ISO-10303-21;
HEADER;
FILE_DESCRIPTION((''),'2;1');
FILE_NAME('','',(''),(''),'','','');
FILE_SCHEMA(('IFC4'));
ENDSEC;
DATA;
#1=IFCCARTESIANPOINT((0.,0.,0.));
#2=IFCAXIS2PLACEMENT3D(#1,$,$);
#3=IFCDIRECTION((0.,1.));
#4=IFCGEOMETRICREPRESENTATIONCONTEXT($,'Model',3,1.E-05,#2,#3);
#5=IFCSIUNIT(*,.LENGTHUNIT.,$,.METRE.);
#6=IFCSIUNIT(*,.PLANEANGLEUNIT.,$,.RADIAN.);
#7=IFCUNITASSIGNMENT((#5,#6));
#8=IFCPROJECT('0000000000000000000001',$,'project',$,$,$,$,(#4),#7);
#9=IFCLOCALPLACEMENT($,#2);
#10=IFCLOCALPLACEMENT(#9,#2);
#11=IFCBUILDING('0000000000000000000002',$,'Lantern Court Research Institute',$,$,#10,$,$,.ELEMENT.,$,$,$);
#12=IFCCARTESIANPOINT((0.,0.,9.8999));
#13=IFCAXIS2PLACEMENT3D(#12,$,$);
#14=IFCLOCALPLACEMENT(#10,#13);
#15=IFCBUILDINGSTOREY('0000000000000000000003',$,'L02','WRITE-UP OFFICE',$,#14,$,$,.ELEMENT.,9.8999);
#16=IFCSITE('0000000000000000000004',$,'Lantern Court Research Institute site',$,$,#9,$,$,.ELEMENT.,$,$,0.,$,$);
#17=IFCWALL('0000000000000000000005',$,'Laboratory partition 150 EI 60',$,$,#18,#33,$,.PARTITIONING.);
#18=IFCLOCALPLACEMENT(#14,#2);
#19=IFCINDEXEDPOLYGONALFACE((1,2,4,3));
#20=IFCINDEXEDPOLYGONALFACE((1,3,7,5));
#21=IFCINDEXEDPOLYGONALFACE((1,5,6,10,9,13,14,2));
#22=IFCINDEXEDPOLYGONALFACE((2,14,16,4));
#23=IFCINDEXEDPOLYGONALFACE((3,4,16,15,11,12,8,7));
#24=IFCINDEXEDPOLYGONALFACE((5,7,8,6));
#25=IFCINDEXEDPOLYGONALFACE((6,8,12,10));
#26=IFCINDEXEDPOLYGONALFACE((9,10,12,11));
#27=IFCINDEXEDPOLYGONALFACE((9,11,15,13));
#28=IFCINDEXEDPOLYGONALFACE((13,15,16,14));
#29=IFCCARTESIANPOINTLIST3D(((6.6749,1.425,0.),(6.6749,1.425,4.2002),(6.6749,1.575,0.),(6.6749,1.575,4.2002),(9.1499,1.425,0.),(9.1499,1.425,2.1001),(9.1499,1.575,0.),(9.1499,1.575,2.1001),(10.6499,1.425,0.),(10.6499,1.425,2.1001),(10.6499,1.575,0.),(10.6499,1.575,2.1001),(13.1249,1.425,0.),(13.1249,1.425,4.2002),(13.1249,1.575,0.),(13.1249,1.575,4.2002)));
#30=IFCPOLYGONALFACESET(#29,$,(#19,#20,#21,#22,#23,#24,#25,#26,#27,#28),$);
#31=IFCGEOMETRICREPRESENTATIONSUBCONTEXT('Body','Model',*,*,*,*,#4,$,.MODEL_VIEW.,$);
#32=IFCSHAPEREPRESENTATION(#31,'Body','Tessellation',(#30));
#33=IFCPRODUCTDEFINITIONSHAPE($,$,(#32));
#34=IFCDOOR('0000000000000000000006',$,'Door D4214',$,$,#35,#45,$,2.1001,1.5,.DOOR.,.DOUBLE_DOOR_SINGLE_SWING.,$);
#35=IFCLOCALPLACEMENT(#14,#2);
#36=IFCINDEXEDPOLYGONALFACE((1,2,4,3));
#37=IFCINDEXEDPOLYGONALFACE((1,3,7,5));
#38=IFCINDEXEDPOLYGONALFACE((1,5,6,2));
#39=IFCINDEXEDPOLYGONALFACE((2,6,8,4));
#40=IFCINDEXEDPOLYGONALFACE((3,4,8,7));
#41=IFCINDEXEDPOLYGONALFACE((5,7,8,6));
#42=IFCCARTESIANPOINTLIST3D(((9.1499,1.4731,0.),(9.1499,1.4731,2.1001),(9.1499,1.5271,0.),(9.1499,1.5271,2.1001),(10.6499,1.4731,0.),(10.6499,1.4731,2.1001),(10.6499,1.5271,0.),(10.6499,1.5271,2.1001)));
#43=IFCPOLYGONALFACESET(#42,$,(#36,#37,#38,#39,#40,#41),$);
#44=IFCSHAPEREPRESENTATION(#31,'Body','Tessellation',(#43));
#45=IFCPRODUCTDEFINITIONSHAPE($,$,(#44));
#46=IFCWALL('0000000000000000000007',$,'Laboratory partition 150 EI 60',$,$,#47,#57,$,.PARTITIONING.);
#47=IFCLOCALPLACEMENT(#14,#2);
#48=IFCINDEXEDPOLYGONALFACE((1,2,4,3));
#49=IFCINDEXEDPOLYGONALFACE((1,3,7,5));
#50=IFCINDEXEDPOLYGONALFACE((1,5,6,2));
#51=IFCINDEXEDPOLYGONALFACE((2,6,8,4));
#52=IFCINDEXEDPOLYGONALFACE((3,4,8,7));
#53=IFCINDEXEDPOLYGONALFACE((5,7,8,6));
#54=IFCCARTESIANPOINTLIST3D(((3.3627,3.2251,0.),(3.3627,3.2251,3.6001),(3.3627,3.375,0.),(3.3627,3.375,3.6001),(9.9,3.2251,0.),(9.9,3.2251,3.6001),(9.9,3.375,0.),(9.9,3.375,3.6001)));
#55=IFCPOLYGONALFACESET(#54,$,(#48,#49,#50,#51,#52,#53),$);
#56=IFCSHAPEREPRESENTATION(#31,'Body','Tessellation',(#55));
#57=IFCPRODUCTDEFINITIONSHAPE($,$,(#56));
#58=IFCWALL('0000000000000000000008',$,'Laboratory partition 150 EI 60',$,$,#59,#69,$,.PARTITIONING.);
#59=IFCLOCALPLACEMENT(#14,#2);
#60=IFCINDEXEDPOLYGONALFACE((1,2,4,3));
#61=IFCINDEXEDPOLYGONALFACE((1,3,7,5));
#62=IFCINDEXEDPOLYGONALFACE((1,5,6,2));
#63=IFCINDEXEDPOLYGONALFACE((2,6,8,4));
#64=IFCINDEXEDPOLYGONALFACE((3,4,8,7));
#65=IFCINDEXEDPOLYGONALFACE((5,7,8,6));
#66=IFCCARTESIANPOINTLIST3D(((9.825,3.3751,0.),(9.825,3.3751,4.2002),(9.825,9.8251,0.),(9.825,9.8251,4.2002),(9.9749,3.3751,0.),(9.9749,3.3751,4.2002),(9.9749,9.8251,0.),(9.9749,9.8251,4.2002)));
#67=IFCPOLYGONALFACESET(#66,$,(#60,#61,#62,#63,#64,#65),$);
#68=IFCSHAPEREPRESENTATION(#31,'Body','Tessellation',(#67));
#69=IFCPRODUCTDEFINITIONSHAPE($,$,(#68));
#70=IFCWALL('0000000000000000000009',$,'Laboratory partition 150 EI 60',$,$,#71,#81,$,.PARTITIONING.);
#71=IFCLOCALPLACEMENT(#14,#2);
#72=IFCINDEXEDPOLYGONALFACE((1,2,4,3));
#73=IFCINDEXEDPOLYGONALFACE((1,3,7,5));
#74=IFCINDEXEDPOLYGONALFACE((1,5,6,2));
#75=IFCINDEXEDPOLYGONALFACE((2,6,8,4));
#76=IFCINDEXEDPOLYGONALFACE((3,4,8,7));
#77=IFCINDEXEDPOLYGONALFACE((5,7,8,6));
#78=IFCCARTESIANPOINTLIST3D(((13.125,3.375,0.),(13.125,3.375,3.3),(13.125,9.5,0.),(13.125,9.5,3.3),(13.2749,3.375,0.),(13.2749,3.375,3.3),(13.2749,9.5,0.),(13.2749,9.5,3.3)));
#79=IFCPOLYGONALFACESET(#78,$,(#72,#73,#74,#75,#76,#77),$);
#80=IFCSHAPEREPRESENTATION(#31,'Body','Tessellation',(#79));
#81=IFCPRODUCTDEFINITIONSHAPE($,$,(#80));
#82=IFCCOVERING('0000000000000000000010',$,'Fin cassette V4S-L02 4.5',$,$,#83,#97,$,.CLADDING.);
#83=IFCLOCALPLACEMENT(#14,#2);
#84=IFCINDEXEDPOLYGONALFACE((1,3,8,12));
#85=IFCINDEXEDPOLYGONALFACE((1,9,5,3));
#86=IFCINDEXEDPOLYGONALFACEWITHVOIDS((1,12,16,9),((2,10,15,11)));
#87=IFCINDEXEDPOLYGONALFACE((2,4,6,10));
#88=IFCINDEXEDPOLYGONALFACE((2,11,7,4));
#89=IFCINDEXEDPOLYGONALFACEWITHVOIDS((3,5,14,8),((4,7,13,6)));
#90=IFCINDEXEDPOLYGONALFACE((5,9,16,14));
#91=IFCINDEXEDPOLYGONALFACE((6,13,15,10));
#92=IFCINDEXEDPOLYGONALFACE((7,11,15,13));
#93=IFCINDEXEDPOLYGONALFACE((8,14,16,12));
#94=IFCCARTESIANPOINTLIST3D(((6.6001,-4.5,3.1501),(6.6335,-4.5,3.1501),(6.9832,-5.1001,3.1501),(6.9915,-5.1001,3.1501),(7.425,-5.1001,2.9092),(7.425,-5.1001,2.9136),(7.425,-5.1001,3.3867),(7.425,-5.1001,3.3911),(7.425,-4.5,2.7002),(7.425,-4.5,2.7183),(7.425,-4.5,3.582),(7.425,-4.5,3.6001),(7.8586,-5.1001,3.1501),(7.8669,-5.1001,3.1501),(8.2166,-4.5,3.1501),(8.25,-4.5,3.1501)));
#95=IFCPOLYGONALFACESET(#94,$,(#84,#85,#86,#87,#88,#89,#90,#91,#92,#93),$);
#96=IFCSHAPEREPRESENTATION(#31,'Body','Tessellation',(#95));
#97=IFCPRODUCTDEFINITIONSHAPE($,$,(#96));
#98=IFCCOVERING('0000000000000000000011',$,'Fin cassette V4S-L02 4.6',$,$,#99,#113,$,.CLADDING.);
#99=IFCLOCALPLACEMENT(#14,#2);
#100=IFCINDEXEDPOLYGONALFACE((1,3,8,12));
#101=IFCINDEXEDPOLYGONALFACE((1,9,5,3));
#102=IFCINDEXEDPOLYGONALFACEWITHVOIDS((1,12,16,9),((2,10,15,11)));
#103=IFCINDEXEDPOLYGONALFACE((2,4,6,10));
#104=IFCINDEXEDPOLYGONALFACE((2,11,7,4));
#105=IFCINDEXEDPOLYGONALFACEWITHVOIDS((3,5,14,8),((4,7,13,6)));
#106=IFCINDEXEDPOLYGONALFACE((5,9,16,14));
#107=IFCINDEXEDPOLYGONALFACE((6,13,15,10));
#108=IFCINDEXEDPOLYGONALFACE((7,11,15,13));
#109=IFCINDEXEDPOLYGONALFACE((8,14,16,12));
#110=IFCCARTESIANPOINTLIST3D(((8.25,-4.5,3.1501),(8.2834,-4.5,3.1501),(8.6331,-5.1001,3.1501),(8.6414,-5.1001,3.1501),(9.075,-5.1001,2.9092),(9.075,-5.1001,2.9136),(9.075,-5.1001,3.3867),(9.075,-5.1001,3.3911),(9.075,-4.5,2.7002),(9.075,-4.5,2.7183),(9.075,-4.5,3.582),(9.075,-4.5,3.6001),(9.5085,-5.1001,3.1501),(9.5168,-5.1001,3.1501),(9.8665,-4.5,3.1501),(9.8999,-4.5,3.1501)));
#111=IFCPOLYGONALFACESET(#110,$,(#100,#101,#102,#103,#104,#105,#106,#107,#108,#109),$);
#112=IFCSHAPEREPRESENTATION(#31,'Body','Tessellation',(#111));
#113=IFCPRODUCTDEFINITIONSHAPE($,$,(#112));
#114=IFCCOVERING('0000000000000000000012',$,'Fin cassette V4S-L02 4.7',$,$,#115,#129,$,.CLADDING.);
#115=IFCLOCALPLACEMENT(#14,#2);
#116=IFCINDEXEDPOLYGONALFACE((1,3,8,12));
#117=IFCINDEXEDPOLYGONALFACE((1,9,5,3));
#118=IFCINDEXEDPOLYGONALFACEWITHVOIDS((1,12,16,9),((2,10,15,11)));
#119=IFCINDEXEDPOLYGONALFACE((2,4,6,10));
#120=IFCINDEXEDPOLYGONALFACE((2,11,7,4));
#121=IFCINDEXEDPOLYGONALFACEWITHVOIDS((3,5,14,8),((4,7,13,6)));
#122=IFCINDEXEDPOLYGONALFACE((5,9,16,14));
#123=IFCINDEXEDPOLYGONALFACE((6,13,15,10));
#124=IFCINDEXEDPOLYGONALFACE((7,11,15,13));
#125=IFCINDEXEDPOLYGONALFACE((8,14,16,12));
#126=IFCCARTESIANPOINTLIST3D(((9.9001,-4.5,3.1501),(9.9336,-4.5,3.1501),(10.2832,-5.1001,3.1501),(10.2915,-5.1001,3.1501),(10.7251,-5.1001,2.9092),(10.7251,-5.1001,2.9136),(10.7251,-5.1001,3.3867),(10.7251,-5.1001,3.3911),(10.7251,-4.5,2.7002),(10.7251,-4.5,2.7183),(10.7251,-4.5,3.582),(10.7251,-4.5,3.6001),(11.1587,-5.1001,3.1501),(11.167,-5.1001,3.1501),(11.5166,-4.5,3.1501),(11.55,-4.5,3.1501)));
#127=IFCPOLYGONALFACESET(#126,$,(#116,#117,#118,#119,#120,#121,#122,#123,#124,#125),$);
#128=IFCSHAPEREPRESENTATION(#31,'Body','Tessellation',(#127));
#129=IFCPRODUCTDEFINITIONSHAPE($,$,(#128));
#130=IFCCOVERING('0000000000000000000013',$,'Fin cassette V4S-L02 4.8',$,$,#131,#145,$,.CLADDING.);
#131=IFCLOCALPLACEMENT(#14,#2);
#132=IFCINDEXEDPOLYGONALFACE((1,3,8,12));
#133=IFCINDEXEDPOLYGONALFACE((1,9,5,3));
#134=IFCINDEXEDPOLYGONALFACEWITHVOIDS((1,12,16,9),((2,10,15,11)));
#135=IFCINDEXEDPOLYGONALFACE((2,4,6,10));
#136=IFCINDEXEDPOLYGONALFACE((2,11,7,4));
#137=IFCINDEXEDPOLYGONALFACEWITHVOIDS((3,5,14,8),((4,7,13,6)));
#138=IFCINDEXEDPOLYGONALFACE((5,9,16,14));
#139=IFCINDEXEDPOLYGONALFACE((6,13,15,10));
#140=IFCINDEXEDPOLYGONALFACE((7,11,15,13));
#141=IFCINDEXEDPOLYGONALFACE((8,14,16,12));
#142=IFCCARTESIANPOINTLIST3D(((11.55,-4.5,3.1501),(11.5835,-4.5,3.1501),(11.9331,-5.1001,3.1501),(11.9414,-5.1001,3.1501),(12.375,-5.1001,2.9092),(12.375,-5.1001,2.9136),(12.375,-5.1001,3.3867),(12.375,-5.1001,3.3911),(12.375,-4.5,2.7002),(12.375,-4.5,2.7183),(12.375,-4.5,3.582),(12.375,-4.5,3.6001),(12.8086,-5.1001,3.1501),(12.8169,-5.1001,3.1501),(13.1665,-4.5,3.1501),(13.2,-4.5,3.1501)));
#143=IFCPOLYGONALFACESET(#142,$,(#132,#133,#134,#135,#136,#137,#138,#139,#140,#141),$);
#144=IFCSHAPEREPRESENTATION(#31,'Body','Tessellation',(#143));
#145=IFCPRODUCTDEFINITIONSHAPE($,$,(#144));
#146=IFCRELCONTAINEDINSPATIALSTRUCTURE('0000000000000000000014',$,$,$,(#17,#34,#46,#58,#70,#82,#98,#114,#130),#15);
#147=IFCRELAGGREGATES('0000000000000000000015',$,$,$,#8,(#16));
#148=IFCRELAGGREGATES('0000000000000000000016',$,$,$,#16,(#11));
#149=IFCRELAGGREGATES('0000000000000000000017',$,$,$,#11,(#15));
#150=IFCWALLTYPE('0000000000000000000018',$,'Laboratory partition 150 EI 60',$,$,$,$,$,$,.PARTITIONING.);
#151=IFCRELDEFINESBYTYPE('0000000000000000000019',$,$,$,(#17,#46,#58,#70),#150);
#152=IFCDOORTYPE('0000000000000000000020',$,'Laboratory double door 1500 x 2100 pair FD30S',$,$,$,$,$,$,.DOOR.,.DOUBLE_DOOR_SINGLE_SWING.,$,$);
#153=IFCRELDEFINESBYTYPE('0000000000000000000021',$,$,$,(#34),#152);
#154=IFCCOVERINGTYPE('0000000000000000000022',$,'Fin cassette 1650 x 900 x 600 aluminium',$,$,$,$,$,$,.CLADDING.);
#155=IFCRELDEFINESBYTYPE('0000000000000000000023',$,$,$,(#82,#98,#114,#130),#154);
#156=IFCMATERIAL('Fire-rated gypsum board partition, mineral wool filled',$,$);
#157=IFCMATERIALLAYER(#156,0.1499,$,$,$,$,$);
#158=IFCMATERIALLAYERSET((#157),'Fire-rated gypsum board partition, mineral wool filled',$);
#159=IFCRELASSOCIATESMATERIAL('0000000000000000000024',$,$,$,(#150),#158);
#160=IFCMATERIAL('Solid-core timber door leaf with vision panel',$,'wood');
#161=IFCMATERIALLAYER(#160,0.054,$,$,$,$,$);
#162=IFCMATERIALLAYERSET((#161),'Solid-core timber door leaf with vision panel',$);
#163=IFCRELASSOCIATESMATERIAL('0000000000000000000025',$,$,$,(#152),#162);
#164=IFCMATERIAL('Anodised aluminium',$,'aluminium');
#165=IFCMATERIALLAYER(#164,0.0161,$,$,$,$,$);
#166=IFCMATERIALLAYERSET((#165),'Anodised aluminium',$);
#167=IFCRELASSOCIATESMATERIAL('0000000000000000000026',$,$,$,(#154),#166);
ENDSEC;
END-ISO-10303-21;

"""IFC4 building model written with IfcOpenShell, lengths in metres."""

from ifc_helpers import new_model, entity, si_unit, direction, frame, frame_2d, origin, place, context, subcontext, project, spatial, rectangle, extrude, material, layer, layer_set, type_object, element, fill, save


model = new_model("IFC4")

# Units and contexts
model_context = context("Model", 3, precision=1e-05, world=origin(), true_north=direction((0.0, 1.0)))
body_context = subcontext(model_context, "Body", "Model", "MODEL_VIEW")
ifc_project = project(units=[si_unit("LENGTHUNIT", "METRE"), si_unit("PLANEANGLEUNIT", "RADIAN")], contexts=[model_context])

# Site, building, storey
site_placement = place(None, origin())
site = spatial("IfcSite", under=ifc_project, at=site_placement, Name="Lantern Court Research Institute site", CompositionType="ELEMENT", RefElevation=0.0)
building_placement = place(site_placement, origin())
building = spatial("IfcBuilding", under=site, at=building_placement, Name="Lantern Court Research Institute", CompositionType="ELEMENT")
storey_placement = place(building_placement, frame((0.0, 0.0, 9.8999)))
storey = spatial("IfcBuildingStorey", under=building, at=storey_placement, Name="L02", Description="WRITE-UP OFFICE", CompositionType="ELEMENT", Elevation=9.8999)

# Shared definitions
ifc_material_1 = material(Name="Fire-rated gypsum board partition, mineral wool filled")
ifc_layer_1 = layer(ifc_material_1, 0.1499)
ifc_layer_set_1 = layer_set([ifc_layer_1], Name="Fire-rated gypsum board partition, mineral wool filled")
wall_type = type_object("IfcWallType", Name="Laboratory partition 150 EI 60", PredefinedType="PARTITIONING", material=ifc_layer_set_1)

# Wall, opening, door
wall_1_placement = place(storey_placement, frame((13.125, 1.5, 0.0), z_axis=(0.0, 0.0, 1.0), x_axis=(-1.0, 0.0, 0.0)))
wall_1 = element("IfcWall", 1, at=wall_1_placement, inside=storey, type_object=wall_type, Name="Laboratory partition 150 EI 60", PredefinedType="PARTITIONING", context=body_context, shape_type="SweptSolid", body=[
    extrude(rectangle(XDim=6.45, YDim=0.1499, at=frame_2d((3.2251, 0.0))), origin(), (0.0, 0.0, 1.0), 4.2002),
])
opening_placement = place(wall_1_placement, frame((2.4751, 0.0, 0.0)))
opening = element("IfcOpeningElement", 2, at=opening_placement, cuts=wall_1, PredefinedType="OPENING", context=body_context, shape_type="SweptSolid", body=[
    extrude(rectangle(XDim=1.5, YDim=2.1001, at=frame_2d((0.75, 1.05))), frame((0.0, 0.085, 0.0), z_axis=(0.0, -1.0, 0.0), x_axis=(1.0, 0.0, 0.0)), (0.0, 0.0, 1.0), 0.1699),
])
ifc_material_2 = material(Name="Solid-core timber door leaf with vision panel", Category="wood")
ifc_layer_2 = layer(ifc_material_2, 0.054)
ifc_layer_set_2 = layer_set([ifc_layer_2], Name="Solid-core timber door leaf with vision panel")
door_type = type_object("IfcDoorType", Name="Laboratory double door 1500 x 2100 pair FD30S", OperationType="DOUBLE_DOOR_SINGLE_SWING", PredefinedType="DOOR", material=ifc_layer_set_2)
door_placement = place(opening_placement, origin())
door = element("IfcDoor", 3, at=door_placement, inside=storey, type_object=door_type, Name="Door D4214", OperationType="DOUBLE_DOOR_SINGLE_SWING", OverallHeight=2.1001, OverallWidth=1.5, PredefinedType="DOOR", context=body_context, shape_type="SweptSolid", body=[
    extrude(rectangle(XDim=1.5, YDim=2.1001, at=frame_2d((0.75, 1.05))), frame((0.0, 0.0269, 0.0), z_axis=(0.0, -1.0, 0.0), x_axis=(1.0, 0.0, 0.0)), (0.0, 0.0, 1.0), 0.054),
])
fill(opening, door)

# Walls
wall_2_placement = place(storey_placement, frame((9.8999, 3.3, 0.0), z_axis=(0.0, 0.0, 1.0), x_axis=(-1.0, 0.0, 0.0)))
element("IfcWall", 4, at=wall_2_placement, inside=storey, type_object=wall_type, Name="Laboratory partition 150 EI 60", PredefinedType="PARTITIONING", context=body_context, shape_type="SweptSolid", body=[
    extrude(rectangle(XDim=6.5374, YDim=0.1499, at=frame_2d((3.2686, 0.0))), origin(), (0.0, 0.0, 1.0), 3.6001),
])
wall_3_placement = place(storey_placement, frame((9.8999, 3.375, 0.0), z_axis=(0.0, 0.0, 1.0), x_axis=(0.0, 1.0, 0.0)))
element("IfcWall", 5, at=wall_3_placement, inside=storey, type_object=wall_type, Name="Laboratory partition 150 EI 60", PredefinedType="PARTITIONING", context=body_context, shape_type="SweptSolid", body=[
    extrude(rectangle(XDim=6.45, YDim=0.1499, at=frame_2d((3.2251, 0.0))), origin(), (0.0, 0.0, 1.0), 4.2002),
])
wall_4_placement = place(storey_placement, frame((13.2, 3.375, 0.0), z_axis=(0.0, 0.0, 1.0), x_axis=(0.0, 1.0, 0.0)))
element("IfcWall", 6, at=wall_4_placement, inside=storey, type_object=wall_type, Name="Laboratory partition 150 EI 60", PredefinedType="PARTITIONING", context=body_context, shape_type="SweptSolid", body=[
    extrude(rectangle(XDim=6.125, YDim=0.1499, at=frame_2d((3.0625, 0.0))), origin(), (0.0, 0.0, 1.0), 3.3),
])

# Coverings
ifc_material_3 = material(Name="Anodised aluminium", Category="aluminium")
ifc_layer_3 = layer(ifc_material_3, 0.0161)
ifc_layer_set_3 = layer_set([ifc_layer_3], Name="Anodised aluminium")
covering_type = type_object("IfcCoveringType", Name="Fin cassette 1650 x 900 x 600 aluminium", PredefinedType="CLADDING", material=ifc_layer_set_3)
covering_1_placement = place(storey_placement, frame((7.425, -4.5, 3.1501), z_axis=(0.0, -1.0, 0.0), x_axis=(1.0, 0.0, 0.0)))
cartesian_point_1 = entity("IfcCartesianPoint", [0.825, 0.0])
cartesian_point_2 = entity("IfcCartesianPoint", [0.7915, 0.0])
cartesian_point_3 = entity("IfcCartesianPoint", [0.4419, 0.0])
cartesian_point_4 = entity("IfcCartesianPoint", [0.4336, 0.0])
element("IfcCovering", 7, at=covering_1_placement, inside=storey, type_object=covering_type, Name="Fin cassette V4S-L02 4.5", PredefinedType="CLADDING", context=body_context, shape_type="SweptSolid", body=[
    entity("IfcExtrudedAreaSolidTapered", entity("IfcArbitraryProfileDefWithVoids", "AREA", None, entity("IfcPolyline", [cartesian_point_1, entity("IfcCartesianPoint", [0.0, 0.45]), entity("IfcCartesianPoint", [-0.825, 0.0]), entity("IfcCartesianPoint", [0.0, -0.45]), cartesian_point_1]), [entity("IfcPolyline", [cartesian_point_2, entity("IfcCartesianPoint", [0.0, 0.4319]), entity("IfcCartesianPoint", [-0.7915, 0.0]), entity("IfcCartesianPoint", [0.0, -0.4319]), cartesian_point_2])]), entity("IfcAxis2Placement3D", entity("IfcCartesianPoint", [0.0, 0.0, 0.0])), entity("IfcDirection", [0.0, 0.0, 1.0]), 0.6001, entity("IfcArbitraryProfileDefWithVoids", "AREA", None, entity("IfcPolyline", [cartesian_point_3, entity("IfcCartesianPoint", [0.0, 0.241]), entity("IfcCartesianPoint", [-0.4419, 0.0]), entity("IfcCartesianPoint", [0.0, -0.241]), cartesian_point_3]), [entity("IfcPolyline", [cartesian_point_4, entity("IfcCartesianPoint", [0.0, 0.2366]), entity("IfcCartesianPoint", [-0.4336, 0.0]), entity("IfcCartesianPoint", [0.0, -0.2366]), cartesian_point_4])])),
])
covering_2_placement = place(storey_placement, frame((9.075, -4.5, 3.1501), z_axis=(0.0, -1.0, 0.0), x_axis=(1.0, 0.0, 0.0)))
cartesian_point_5 = entity("IfcCartesianPoint", [0.825, 0.0])
cartesian_point_6 = entity("IfcCartesianPoint", [0.7915, 0.0])
cartesian_point_7 = entity("IfcCartesianPoint", [0.4419, 0.0])
cartesian_point_8 = entity("IfcCartesianPoint", [0.4336, 0.0])
element("IfcCovering", 8, at=covering_2_placement, inside=storey, type_object=covering_type, Name="Fin cassette V4S-L02 4.6", PredefinedType="CLADDING", context=body_context, shape_type="SweptSolid", body=[
    entity("IfcExtrudedAreaSolidTapered", entity("IfcArbitraryProfileDefWithVoids", "AREA", None, entity("IfcPolyline", [cartesian_point_5, entity("IfcCartesianPoint", [0.0, 0.45]), entity("IfcCartesianPoint", [-0.825, 0.0]), entity("IfcCartesianPoint", [0.0, -0.45]), cartesian_point_5]), [entity("IfcPolyline", [cartesian_point_6, entity("IfcCartesianPoint", [0.0, 0.4319]), entity("IfcCartesianPoint", [-0.7915, 0.0]), entity("IfcCartesianPoint", [0.0, -0.4319]), cartesian_point_6])]), entity("IfcAxis2Placement3D", entity("IfcCartesianPoint", [0.0, 0.0, 0.0])), entity("IfcDirection", [0.0, 0.0, 1.0]), 0.6001, entity("IfcArbitraryProfileDefWithVoids", "AREA", None, entity("IfcPolyline", [cartesian_point_7, entity("IfcCartesianPoint", [0.0, 0.241]), entity("IfcCartesianPoint", [-0.4419, 0.0]), entity("IfcCartesianPoint", [0.0, -0.241]), cartesian_point_7]), [entity("IfcPolyline", [cartesian_point_8, entity("IfcCartesianPoint", [0.0, 0.2366]), entity("IfcCartesianPoint", [-0.4336, 0.0]), entity("IfcCartesianPoint", [0.0, -0.2366]), cartesian_point_8])])),
])
covering_3_placement = place(storey_placement, frame((10.7251, -4.5, 3.1501), z_axis=(0.0, -1.0, 0.0), x_axis=(1.0, 0.0, 0.0)))
cartesian_point_9 = entity("IfcCartesianPoint", [0.825, 0.0])
cartesian_point_10 = entity("IfcCartesianPoint", [0.7915, 0.0])
cartesian_point_11 = entity("IfcCartesianPoint", [0.4419, 0.0])
cartesian_point_12 = entity("IfcCartesianPoint", [0.4336, 0.0])
element("IfcCovering", 9, at=covering_3_placement, inside=storey, type_object=covering_type, Name="Fin cassette V4S-L02 4.7", PredefinedType="CLADDING", context=body_context, shape_type="SweptSolid", body=[
    entity("IfcExtrudedAreaSolidTapered", entity("IfcArbitraryProfileDefWithVoids", "AREA", None, entity("IfcPolyline", [cartesian_point_9, entity("IfcCartesianPoint", [0.0, 0.45]), entity("IfcCartesianPoint", [-0.825, 0.0]), entity("IfcCartesianPoint", [0.0, -0.45]), cartesian_point_9]), [entity("IfcPolyline", [cartesian_point_10, entity("IfcCartesianPoint", [0.0, 0.4319]), entity("IfcCartesianPoint", [-0.7915, 0.0]), entity("IfcCartesianPoint", [0.0, -0.4319]), cartesian_point_10])]), entity("IfcAxis2Placement3D", entity("IfcCartesianPoint", [0.0, 0.0, 0.0])), entity("IfcDirection", [0.0, 0.0, 1.0]), 0.6001, entity("IfcArbitraryProfileDefWithVoids", "AREA", None, entity("IfcPolyline", [cartesian_point_11, entity("IfcCartesianPoint", [0.0, 0.241]), entity("IfcCartesianPoint", [-0.4419, 0.0]), entity("IfcCartesianPoint", [0.0, -0.241]), cartesian_point_11]), [entity("IfcPolyline", [cartesian_point_12, entity("IfcCartesianPoint", [0.0, 0.2366]), entity("IfcCartesianPoint", [-0.4336, 0.0]), entity("IfcCartesianPoint", [0.0, -0.2366]), cartesian_point_12])])),
])
covering_4_placement = place(storey_placement, frame((12.375, -4.5, 3.1501), z_axis=(0.0, -1.0, 0.0), x_axis=(1.0, 0.0, 0.0)))
cartesian_point_13 = entity("IfcCartesianPoint", [0.825, 0.0])
cartesian_point_14 = entity("IfcCartesianPoint", [0.7915, 0.0])
cartesian_point_15 = entity("IfcCartesianPoint", [0.4419, 0.0])
cartesian_point_16 = entity("IfcCartesianPoint", [0.4336, 0.0])
element("IfcCovering", 10, at=covering_4_placement, inside=storey, type_object=covering_type, Name="Fin cassette V4S-L02 4.8", PredefinedType="CLADDING", context=body_context, shape_type="SweptSolid", body=[
    entity("IfcExtrudedAreaSolidTapered", entity("IfcArbitraryProfileDefWithVoids", "AREA", None, entity("IfcPolyline", [cartesian_point_13, entity("IfcCartesianPoint", [0.0, 0.45]), entity("IfcCartesianPoint", [-0.825, 0.0]), entity("IfcCartesianPoint", [0.0, -0.45]), cartesian_point_13]), [entity("IfcPolyline", [cartesian_point_14, entity("IfcCartesianPoint", [0.0, 0.4319]), entity("IfcCartesianPoint", [-0.7915, 0.0]), entity("IfcCartesianPoint", [0.0, -0.4319]), cartesian_point_14])]), entity("IfcAxis2Placement3D", entity("IfcCartesianPoint", [0.0, 0.0, 0.0])), entity("IfcDirection", [0.0, 0.0, 1.0]), 0.6001, entity("IfcArbitraryProfileDefWithVoids", "AREA", None, entity("IfcPolyline", [cartesian_point_15, entity("IfcCartesianPoint", [0.0, 0.241]), entity("IfcCartesianPoint", [-0.4419, 0.0]), entity("IfcCartesianPoint", [0.0, -0.241]), cartesian_point_15]), [entity("IfcPolyline", [cartesian_point_16, entity("IfcCartesianPoint", [0.0, 0.2366]), entity("IfcCartesianPoint", [-0.4336, 0.0]), entity("IfcCartesianPoint", [0.0, -0.2366]), cartesian_point_16])])),
])

save(model, "model.ifc")
